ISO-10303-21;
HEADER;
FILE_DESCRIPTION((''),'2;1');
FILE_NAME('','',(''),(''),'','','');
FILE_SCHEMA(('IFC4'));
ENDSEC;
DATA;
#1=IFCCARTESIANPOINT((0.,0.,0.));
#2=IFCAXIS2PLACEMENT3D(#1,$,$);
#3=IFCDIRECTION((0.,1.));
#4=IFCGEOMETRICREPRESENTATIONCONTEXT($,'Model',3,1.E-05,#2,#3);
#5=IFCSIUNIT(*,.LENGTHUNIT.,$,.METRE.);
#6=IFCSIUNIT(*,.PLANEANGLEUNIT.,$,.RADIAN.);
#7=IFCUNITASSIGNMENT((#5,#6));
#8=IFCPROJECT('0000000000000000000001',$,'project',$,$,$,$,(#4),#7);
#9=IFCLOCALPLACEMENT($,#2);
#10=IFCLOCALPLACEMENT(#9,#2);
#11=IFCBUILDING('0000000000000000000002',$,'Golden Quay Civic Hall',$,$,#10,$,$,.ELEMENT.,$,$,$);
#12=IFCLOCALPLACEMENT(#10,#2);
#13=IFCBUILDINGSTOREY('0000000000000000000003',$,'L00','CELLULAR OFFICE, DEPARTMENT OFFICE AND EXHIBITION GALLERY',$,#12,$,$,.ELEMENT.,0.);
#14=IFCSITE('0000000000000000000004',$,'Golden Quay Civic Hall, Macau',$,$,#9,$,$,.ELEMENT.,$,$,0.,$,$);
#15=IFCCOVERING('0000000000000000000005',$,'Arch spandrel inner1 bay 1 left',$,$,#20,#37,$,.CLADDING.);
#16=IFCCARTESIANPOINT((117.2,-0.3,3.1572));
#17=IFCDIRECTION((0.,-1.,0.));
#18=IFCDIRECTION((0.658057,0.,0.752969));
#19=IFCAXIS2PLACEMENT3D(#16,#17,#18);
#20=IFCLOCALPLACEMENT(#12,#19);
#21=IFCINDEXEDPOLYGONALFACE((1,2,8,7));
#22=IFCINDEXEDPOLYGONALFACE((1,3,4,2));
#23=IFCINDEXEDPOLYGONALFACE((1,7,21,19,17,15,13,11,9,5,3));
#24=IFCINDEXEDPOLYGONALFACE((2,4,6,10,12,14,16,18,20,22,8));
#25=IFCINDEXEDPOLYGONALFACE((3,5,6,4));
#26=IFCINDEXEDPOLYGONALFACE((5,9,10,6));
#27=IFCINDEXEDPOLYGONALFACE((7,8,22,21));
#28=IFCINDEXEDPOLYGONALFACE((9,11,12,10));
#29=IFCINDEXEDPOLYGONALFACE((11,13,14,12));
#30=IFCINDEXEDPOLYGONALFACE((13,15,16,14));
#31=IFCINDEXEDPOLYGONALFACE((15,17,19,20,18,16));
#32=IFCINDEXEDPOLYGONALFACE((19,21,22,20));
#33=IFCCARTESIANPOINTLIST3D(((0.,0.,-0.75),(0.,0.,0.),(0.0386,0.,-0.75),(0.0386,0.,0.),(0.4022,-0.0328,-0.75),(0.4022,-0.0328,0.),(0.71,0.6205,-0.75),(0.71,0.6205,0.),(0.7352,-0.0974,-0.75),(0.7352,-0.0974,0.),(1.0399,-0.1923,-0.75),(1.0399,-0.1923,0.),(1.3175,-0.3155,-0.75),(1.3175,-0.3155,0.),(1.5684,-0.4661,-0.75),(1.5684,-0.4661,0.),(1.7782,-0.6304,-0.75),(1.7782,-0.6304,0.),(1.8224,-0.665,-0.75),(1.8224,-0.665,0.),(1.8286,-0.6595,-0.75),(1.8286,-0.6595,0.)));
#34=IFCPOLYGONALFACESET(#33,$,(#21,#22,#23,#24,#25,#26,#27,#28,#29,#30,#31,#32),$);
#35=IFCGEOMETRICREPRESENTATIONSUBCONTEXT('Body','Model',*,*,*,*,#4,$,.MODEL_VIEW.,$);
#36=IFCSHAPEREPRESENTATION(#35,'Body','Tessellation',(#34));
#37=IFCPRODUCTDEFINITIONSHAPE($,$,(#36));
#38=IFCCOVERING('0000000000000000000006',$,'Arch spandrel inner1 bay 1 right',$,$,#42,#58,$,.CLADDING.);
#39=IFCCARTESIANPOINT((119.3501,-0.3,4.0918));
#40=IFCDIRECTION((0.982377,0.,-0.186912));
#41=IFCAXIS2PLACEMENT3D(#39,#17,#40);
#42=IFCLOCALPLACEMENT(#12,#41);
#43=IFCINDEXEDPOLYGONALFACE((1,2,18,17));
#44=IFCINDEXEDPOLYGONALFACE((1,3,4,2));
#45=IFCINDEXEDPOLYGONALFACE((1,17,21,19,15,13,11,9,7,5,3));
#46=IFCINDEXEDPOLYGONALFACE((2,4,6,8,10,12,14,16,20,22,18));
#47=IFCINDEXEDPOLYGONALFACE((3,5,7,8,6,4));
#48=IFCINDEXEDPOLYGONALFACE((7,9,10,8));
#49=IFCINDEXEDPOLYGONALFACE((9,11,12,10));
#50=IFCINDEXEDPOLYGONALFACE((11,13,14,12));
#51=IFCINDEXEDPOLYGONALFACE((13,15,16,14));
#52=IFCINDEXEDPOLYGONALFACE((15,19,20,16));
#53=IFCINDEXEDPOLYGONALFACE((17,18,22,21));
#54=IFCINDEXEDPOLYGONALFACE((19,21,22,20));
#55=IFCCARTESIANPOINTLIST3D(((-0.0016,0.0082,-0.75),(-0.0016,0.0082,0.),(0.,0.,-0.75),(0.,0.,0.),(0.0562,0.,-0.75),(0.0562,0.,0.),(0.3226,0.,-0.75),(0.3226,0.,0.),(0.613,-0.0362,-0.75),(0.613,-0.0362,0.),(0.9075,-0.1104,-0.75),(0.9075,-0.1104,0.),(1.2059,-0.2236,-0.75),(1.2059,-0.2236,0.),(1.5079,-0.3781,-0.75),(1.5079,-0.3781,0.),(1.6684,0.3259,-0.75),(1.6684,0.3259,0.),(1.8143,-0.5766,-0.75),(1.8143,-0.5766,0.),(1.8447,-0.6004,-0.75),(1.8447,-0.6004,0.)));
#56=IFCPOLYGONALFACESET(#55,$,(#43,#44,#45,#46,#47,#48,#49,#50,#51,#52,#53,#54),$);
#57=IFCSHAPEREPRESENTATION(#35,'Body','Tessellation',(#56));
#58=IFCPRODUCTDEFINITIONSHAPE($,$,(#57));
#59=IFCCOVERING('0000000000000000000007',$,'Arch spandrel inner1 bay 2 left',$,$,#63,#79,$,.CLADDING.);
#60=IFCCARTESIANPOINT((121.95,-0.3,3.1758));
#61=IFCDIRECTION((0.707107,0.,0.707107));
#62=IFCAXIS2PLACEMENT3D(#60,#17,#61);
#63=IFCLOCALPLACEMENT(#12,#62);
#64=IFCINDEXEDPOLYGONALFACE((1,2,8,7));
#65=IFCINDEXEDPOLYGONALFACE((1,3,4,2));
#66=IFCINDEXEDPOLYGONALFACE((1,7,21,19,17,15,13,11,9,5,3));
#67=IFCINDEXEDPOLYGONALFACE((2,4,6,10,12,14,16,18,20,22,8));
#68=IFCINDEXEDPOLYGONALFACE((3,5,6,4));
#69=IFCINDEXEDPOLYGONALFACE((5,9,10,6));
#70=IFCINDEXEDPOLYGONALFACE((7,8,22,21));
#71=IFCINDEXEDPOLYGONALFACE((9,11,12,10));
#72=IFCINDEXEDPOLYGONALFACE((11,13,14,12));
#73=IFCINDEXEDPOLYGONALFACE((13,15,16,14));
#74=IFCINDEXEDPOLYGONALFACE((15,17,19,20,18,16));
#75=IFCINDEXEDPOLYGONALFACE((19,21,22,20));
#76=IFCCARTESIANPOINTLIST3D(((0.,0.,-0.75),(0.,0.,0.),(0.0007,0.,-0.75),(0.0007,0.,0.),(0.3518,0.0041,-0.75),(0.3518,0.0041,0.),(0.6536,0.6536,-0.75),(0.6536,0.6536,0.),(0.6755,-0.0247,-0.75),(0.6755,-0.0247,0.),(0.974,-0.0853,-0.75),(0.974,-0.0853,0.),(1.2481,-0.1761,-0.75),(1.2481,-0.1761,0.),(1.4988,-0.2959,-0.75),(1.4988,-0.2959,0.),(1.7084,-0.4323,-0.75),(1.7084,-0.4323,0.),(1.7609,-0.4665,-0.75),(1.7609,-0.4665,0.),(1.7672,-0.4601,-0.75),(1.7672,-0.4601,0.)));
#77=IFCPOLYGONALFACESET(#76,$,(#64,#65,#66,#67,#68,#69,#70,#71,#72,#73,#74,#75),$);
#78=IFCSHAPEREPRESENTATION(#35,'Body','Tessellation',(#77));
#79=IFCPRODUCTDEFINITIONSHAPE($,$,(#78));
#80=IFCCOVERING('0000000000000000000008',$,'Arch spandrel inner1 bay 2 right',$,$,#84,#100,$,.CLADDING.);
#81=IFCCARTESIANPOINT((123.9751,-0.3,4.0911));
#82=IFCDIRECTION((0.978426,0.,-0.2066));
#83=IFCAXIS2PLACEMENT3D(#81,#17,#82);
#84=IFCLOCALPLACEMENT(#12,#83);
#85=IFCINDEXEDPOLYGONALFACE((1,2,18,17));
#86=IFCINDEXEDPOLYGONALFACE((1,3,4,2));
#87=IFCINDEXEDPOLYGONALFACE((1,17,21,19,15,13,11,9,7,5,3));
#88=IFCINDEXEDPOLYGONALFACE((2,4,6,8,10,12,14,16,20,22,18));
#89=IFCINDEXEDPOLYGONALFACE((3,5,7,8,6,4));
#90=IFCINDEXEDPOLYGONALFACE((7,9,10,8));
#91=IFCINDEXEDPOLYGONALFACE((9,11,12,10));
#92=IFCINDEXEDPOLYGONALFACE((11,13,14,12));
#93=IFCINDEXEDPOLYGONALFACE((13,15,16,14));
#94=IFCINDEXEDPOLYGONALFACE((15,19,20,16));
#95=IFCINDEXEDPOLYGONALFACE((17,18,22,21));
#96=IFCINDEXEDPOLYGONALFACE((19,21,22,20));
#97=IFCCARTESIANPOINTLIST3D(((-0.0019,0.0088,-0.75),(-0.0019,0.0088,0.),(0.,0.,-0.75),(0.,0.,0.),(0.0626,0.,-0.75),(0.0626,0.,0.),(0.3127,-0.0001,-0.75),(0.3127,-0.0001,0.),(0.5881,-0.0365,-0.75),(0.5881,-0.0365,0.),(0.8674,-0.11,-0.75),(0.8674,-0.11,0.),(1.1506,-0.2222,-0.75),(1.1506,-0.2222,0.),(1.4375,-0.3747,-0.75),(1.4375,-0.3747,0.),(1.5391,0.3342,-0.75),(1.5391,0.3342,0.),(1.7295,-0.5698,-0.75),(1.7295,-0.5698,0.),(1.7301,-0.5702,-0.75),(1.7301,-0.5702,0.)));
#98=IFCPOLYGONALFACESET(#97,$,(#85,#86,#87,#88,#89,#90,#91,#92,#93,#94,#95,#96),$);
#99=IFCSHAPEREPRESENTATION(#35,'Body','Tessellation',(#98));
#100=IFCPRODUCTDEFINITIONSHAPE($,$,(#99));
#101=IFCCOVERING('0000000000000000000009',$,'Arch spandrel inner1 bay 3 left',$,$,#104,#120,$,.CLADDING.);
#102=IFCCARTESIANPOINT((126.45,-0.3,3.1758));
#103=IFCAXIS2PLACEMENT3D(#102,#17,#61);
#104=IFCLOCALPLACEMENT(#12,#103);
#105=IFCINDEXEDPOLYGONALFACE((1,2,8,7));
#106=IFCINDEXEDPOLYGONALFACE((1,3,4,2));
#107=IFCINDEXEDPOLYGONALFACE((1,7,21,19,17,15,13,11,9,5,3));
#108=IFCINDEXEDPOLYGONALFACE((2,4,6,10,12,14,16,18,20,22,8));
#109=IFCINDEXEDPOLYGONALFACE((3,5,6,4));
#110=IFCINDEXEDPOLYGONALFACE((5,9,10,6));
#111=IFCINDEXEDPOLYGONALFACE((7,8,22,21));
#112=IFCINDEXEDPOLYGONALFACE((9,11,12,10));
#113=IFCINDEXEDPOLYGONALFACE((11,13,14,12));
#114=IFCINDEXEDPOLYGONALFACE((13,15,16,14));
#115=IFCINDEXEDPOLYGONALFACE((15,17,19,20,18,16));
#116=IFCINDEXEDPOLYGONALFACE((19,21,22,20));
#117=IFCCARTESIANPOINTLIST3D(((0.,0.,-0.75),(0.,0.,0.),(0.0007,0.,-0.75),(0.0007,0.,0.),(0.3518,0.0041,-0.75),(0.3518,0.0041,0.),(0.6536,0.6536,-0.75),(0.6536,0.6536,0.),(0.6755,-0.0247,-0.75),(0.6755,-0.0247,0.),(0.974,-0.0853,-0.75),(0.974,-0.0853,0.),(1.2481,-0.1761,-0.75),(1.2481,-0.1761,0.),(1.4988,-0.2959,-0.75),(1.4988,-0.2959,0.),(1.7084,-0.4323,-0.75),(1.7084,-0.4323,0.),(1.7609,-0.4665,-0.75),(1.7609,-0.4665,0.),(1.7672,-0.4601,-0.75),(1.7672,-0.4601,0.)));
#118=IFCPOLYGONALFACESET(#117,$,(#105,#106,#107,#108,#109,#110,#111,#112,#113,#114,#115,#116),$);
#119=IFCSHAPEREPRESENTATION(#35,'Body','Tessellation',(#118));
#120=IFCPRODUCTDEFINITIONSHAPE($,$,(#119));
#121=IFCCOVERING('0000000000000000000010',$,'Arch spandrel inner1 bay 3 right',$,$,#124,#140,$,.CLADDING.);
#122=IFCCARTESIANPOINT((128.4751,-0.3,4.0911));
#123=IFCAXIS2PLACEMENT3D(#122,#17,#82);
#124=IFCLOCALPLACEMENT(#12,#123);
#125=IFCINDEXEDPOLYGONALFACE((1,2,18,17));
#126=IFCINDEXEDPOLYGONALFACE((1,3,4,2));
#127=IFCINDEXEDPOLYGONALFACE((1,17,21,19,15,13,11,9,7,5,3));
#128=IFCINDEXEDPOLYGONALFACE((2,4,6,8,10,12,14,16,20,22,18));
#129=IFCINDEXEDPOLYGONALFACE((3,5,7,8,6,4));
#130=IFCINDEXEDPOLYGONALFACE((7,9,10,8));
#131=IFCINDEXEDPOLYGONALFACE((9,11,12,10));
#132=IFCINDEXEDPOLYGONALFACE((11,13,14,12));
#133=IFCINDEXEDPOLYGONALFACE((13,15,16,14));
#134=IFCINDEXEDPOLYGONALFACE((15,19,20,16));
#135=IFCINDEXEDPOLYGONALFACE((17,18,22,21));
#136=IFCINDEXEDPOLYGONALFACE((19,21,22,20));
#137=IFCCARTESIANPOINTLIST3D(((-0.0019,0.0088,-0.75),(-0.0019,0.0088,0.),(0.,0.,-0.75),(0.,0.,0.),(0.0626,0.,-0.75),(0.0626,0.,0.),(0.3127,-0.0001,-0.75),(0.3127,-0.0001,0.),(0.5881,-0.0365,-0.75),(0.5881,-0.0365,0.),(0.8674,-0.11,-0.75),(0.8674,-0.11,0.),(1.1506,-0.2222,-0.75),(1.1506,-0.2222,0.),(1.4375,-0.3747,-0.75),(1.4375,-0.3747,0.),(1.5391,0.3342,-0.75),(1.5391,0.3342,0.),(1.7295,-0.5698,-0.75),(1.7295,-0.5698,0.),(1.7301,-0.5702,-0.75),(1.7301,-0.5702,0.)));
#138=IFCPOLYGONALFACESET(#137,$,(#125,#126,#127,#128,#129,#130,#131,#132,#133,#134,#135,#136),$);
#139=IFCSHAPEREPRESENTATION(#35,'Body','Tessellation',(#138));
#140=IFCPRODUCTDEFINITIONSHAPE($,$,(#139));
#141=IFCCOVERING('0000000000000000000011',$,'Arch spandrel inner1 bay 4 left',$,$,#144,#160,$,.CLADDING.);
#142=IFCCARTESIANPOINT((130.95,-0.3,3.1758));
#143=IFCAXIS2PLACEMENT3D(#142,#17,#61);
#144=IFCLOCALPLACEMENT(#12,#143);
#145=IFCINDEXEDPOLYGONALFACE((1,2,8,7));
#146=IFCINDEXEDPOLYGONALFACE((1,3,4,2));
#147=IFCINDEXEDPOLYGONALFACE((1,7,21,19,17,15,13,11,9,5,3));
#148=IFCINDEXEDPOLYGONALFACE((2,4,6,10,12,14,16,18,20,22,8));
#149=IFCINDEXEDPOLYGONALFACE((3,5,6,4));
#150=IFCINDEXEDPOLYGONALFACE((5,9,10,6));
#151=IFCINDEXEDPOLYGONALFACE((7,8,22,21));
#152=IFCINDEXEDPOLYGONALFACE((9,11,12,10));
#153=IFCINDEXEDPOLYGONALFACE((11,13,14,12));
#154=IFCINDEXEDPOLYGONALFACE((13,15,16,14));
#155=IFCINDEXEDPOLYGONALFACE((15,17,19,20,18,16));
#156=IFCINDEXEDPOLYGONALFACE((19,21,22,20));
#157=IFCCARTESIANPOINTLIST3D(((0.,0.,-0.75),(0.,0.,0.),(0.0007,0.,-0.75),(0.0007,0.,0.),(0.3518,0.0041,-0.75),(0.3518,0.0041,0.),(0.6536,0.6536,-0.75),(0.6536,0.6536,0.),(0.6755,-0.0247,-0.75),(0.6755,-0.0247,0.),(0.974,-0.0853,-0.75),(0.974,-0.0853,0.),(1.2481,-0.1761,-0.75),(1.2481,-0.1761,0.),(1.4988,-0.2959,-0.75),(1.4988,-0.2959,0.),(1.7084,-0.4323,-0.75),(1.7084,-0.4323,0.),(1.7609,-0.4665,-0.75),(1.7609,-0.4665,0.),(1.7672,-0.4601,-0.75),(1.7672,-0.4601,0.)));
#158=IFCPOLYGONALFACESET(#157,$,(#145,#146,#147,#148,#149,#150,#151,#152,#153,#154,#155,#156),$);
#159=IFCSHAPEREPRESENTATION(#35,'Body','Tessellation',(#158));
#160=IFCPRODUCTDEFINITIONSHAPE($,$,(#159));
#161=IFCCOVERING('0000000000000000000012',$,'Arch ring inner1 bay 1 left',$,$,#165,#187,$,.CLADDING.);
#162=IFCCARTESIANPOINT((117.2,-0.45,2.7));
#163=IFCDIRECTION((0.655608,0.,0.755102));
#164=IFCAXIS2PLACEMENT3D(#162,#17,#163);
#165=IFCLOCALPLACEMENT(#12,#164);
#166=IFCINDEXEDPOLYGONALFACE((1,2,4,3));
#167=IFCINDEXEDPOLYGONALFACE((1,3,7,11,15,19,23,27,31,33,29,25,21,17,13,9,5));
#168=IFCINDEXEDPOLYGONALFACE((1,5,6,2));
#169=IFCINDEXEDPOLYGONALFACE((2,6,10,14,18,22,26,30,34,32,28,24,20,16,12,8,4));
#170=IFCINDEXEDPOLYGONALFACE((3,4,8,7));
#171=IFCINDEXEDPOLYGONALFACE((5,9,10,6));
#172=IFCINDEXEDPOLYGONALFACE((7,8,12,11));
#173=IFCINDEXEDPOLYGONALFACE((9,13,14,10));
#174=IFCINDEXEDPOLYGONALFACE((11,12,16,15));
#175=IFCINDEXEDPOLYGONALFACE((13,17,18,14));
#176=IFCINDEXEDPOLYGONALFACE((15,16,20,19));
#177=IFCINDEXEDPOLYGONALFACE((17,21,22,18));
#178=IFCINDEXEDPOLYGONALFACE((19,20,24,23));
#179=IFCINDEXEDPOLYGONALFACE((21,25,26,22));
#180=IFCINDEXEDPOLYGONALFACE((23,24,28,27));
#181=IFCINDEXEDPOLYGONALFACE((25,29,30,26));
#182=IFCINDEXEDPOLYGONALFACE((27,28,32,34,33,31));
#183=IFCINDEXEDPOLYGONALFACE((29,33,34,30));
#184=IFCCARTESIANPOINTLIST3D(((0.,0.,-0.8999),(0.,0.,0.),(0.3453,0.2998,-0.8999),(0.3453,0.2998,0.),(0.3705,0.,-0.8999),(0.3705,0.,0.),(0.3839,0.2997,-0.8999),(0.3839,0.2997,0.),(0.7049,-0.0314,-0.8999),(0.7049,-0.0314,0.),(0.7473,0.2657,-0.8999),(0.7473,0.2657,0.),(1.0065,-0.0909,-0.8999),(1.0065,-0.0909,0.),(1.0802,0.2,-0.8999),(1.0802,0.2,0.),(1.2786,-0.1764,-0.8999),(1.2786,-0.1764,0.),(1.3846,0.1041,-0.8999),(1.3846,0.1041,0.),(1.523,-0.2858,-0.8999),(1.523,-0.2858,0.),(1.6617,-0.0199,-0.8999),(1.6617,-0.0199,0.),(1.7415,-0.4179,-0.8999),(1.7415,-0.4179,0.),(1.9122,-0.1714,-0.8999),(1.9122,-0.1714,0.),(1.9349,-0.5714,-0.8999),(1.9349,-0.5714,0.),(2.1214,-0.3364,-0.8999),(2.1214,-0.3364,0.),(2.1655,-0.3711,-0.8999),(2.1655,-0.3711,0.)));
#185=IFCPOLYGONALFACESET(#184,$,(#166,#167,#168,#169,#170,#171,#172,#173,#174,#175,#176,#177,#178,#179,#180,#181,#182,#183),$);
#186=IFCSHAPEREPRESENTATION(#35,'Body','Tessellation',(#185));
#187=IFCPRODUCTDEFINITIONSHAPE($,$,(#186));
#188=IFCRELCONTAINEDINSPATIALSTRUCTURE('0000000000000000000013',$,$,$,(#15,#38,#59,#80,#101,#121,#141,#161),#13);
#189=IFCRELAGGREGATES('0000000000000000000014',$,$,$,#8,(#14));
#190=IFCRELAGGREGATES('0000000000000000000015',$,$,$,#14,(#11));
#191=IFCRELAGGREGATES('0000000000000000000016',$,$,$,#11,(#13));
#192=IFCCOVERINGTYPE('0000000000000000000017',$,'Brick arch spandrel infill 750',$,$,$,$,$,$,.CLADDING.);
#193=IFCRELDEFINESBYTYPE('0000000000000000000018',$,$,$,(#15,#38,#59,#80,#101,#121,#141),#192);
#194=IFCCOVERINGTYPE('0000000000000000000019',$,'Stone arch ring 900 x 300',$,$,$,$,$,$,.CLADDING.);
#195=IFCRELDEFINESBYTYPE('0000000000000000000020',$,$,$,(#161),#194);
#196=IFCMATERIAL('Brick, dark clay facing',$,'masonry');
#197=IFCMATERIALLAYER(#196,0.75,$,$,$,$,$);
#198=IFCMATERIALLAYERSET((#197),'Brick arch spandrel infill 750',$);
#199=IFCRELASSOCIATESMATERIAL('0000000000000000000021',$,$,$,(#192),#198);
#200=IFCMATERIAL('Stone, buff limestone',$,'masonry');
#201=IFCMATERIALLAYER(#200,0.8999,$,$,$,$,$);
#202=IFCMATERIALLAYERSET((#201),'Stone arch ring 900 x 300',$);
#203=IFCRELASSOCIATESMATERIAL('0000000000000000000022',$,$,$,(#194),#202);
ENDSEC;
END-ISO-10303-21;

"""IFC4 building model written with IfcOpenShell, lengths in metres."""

from ifc_helpers import new_model, si_unit, direction, frame, origin, place, context, subcontext, project, spatial, polyline, outline, extrude, material, layer, layer_set, type_object, element, save


model = new_model("IFC4")

# Units and contexts
model_context = context("Model", 3, precision=1e-05, world=origin(), true_north=direction((0.0, 1.0)))
body_context = subcontext(model_context, "Body", "Model", "MODEL_VIEW")
ifc_project = project(units=[si_unit("LENGTHUNIT", "METRE"), si_unit("PLANEANGLEUNIT", "RADIAN")], contexts=[model_context])

# Site, building, storey
site_placement = place(None, origin())
site = spatial("IfcSite", under=ifc_project, at=site_placement, Name="Golden Quay Civic Hall, Macau", CompositionType="ELEMENT", RefElevation=0.0)
building_placement = place(site_placement, origin())
building = spatial("IfcBuilding", under=site, at=building_placement, Name="Golden Quay Civic Hall", CompositionType="ELEMENT")
storey_placement = place(building_placement, origin())
storey = spatial("IfcBuildingStorey", under=building, at=storey_placement, Name="L00", Description="CELLULAR OFFICE, DEPARTMENT OFFICE AND EXHIBITION GALLERY", CompositionType="ELEMENT", Elevation=0.0)

# Coverings
ifc_material_1 = material(Name="Brick, dark clay facing", Category="masonry")
ifc_layer_1 = layer(ifc_material_1, 0.75)
ifc_layer_set_1 = layer_set([ifc_layer_1], Name="Brick arch spandrel infill 750")
covering_type_1 = type_object("IfcCoveringType", Name="Brick arch spandrel infill 750", PredefinedType="CLADDING", material=ifc_layer_set_1)
covering_1_placement = place(storey_placement, frame((117.2, -0.3, 3.1572), z_axis=(0.0, -1.0, 0.0), x_axis=(0.658057, 0.0, 0.752969)))
element("IfcCovering", 1, at=covering_1_placement, inside=storey, type_object=covering_type_1, Name="Arch spandrel inner1 bay 1 left", PredefinedType="CLADDING", context=body_context, shape_type="SweptSolid", body=[
    extrude(outline(polyline([(0.0, 0.0), (0.0386, 0.0), (0.4022, -0.0328), (0.7352, -0.0974), (1.0399, -0.1923), (1.3175, -0.3155), (1.5684, -0.4661), (1.7782, -0.6304), (1.8224, -0.665), (1.8286, -0.6595), (0.71, 0.6205), (0.0, 0.0)])), origin(), (0.0, 0.0, -1.0), 0.75),
])
covering_2_placement = place(storey_placement, frame((119.3501, -0.3, 4.0918), z_axis=(0.0, -1.0, 0.0), x_axis=(0.982377, 0.0, -0.186912)))
element("IfcCovering", 2, at=covering_2_placement, inside=storey, type_object=covering_type_1, Name="Arch spandrel inner1 bay 1 right", PredefinedType="CLADDING", context=body_context, shape_type="SweptSolid", body=[
    extrude(outline(polyline([(0.0, 0.0), (0.0562, 0.0), (0.3226, 0.0), (0.613, -0.0362), (0.9075, -0.1104), (1.2059, -0.2236), (1.5079, -0.3781), (1.8143, -0.5766), (1.8447, -0.6004), (1.6684, 0.3259), (-0.0016, 0.0082), (0.0, 0.0)])), origin(), (0.0, 0.0, -1.0), 0.75),
])
covering_3_placement = place(storey_placement, frame((121.95, -0.3, 3.1758), z_axis=(0.0, -1.0, 0.0), x_axis=(0.707107, 0.0, 0.707107)))
element("IfcCovering", 3, at=covering_3_placement, inside=storey, type_object=covering_type_1, Name="Arch spandrel inner1 bay 2 left", PredefinedType="CLADDING", context=body_context, shape_type="SweptSolid", body=[
    extrude(outline(polyline([(0.0, 0.0), (0.0007, 0.0), (0.3518, 0.0041), (0.6755, -0.0247), (0.974, -0.0853), (1.2481, -0.1761), (1.4988, -0.2959), (1.7084, -0.4323), (1.7609, -0.4665), (1.7672, -0.4601), (0.6536, 0.6536), (0.0, 0.0)])), origin(), (0.0, 0.0, -1.0), 0.75),
])
covering_4_placement = place(storey_placement, frame((123.9751, -0.3, 4.0911), z_axis=(0.0, -1.0, 0.0), x_axis=(0.978426, 0.0, -0.2066)))
element("IfcCovering", 4, at=covering_4_placement, inside=storey, type_object=covering_type_1, Name="Arch spandrel inner1 bay 2 right", PredefinedType="CLADDING", context=body_context, shape_type="SweptSolid", body=[
    extrude(outline(polyline([(0.0, 0.0), (0.0626, 0.0), (0.3127, -0.0001), (0.5881, -0.0365), (0.8674, -0.11), (1.1506, -0.2222), (1.4375, -0.3747), (1.7295, -0.5698), (1.7301, -0.5702), (1.5391, 0.3342), (-0.0019, 0.0088), (0.0, 0.0)])), origin(), (0.0, 0.0, -1.0), 0.75),
])
covering_5_placement = place(storey_placement, frame((126.45, -0.3, 3.1758), z_axis=(0.0, -1.0, 0.0), x_axis=(0.707107, 0.0, 0.707107)))
element("IfcCovering", 5, at=covering_5_placement, inside=storey, type_object=covering_type_1, Name="Arch spandrel inner1 bay 3 left", PredefinedType="CLADDING", context=body_context, shape_type="SweptSolid", body=[
    extrude(outline(polyline([(0.0, 0.0), (0.0007, 0.0), (0.3518, 0.0041), (0.6755, -0.0247), (0.974, -0.0853), (1.2481, -0.1761), (1.4988, -0.2959), (1.7084, -0.4323), (1.7609, -0.4665), (1.7672, -0.4601), (0.6536, 0.6536), (0.0, 0.0)])), origin(), (0.0, 0.0, -1.0), 0.75),
])
covering_6_placement = place(storey_placement, frame((128.4751, -0.3, 4.0911), z_axis=(0.0, -1.0, 0.0), x_axis=(0.978426, 0.0, -0.2066)))
element("IfcCovering", 6, at=covering_6_placement, inside=storey, type_object=covering_type_1, Name="Arch spandrel inner1 bay 3 right", PredefinedType="CLADDING", context=body_context, shape_type="SweptSolid", body=[
    extrude(outline(polyline([(0.0, 0.0), (0.0626, 0.0), (0.3127, -0.0001), (0.5881, -0.0365), (0.8674, -0.11), (1.1506, -0.2222), (1.4375, -0.3747), (1.7295, -0.5698), (1.7301, -0.5702), (1.5391, 0.3342), (-0.0019, 0.0088), (0.0, 0.0)])), origin(), (0.0, 0.0, -1.0), 0.75),
])
covering_7_placement = place(storey_placement, frame((130.95, -0.3, 3.1758), z_axis=(0.0, -1.0, 0.0), x_axis=(0.707107, 0.0, 0.707107)))
element("IfcCovering", 7, at=covering_7_placement, inside=storey, type_object=covering_type_1, Name="Arch spandrel inner1 bay 4 left", PredefinedType="CLADDING", context=body_context, shape_type="SweptSolid", body=[
    extrude(outline(polyline([(0.0, 0.0), (0.0007, 0.0), (0.3518, 0.0041), (0.6755, -0.0247), (0.974, -0.0853), (1.2481, -0.1761), (1.4988, -0.2959), (1.7084, -0.4323), (1.7609, -0.4665), (1.7672, -0.4601), (0.6536, 0.6536), (0.0, 0.0)])), origin(), (0.0, 0.0, -1.0), 0.75),
])
ifc_material_2 = material(Name="Stone, buff limestone", Category="masonry")
ifc_layer_2 = layer(ifc_material_2, 0.8999)
ifc_layer_set_2 = layer_set([ifc_layer_2], Name="Stone arch ring 900 x 300")
covering_type_2 = type_object("IfcCoveringType", Name="Stone arch ring 900 x 300", PredefinedType="CLADDING", material=ifc_layer_set_2)
covering_8_placement = place(storey_placement, frame((117.2, -0.45, 2.7), z_axis=(0.0, -1.0, 0.0), x_axis=(0.655608, 0.0, 0.755102)))
element("IfcCovering", 8, at=covering_8_placement, inside=storey, type_object=covering_type_2, Name="Arch ring inner1 bay 1 left", PredefinedType="CLADDING", context=body_context, shape_type="SweptSolid", body=[
    extrude(outline(polyline([(0.0, 0.0), (0.3705, 0.0), (0.7049, -0.0314), (1.0065, -0.0909), (1.2786, -0.1764), (1.523, -0.2858), (1.7415, -0.4179), (1.9349, -0.5714), (2.1655, -0.3711), (2.1214, -0.3364), (1.9122, -0.1714), (1.6617, -0.0199), (1.3846, 0.1041), (1.0802, 0.2), (0.7473, 0.2657), (0.3839, 0.2997), (0.3453, 0.2998), (0.0, 0.0)])), origin(), (0.0, 0.0, -1.0), 0.8999),
])

save(model, "model.ifc")
